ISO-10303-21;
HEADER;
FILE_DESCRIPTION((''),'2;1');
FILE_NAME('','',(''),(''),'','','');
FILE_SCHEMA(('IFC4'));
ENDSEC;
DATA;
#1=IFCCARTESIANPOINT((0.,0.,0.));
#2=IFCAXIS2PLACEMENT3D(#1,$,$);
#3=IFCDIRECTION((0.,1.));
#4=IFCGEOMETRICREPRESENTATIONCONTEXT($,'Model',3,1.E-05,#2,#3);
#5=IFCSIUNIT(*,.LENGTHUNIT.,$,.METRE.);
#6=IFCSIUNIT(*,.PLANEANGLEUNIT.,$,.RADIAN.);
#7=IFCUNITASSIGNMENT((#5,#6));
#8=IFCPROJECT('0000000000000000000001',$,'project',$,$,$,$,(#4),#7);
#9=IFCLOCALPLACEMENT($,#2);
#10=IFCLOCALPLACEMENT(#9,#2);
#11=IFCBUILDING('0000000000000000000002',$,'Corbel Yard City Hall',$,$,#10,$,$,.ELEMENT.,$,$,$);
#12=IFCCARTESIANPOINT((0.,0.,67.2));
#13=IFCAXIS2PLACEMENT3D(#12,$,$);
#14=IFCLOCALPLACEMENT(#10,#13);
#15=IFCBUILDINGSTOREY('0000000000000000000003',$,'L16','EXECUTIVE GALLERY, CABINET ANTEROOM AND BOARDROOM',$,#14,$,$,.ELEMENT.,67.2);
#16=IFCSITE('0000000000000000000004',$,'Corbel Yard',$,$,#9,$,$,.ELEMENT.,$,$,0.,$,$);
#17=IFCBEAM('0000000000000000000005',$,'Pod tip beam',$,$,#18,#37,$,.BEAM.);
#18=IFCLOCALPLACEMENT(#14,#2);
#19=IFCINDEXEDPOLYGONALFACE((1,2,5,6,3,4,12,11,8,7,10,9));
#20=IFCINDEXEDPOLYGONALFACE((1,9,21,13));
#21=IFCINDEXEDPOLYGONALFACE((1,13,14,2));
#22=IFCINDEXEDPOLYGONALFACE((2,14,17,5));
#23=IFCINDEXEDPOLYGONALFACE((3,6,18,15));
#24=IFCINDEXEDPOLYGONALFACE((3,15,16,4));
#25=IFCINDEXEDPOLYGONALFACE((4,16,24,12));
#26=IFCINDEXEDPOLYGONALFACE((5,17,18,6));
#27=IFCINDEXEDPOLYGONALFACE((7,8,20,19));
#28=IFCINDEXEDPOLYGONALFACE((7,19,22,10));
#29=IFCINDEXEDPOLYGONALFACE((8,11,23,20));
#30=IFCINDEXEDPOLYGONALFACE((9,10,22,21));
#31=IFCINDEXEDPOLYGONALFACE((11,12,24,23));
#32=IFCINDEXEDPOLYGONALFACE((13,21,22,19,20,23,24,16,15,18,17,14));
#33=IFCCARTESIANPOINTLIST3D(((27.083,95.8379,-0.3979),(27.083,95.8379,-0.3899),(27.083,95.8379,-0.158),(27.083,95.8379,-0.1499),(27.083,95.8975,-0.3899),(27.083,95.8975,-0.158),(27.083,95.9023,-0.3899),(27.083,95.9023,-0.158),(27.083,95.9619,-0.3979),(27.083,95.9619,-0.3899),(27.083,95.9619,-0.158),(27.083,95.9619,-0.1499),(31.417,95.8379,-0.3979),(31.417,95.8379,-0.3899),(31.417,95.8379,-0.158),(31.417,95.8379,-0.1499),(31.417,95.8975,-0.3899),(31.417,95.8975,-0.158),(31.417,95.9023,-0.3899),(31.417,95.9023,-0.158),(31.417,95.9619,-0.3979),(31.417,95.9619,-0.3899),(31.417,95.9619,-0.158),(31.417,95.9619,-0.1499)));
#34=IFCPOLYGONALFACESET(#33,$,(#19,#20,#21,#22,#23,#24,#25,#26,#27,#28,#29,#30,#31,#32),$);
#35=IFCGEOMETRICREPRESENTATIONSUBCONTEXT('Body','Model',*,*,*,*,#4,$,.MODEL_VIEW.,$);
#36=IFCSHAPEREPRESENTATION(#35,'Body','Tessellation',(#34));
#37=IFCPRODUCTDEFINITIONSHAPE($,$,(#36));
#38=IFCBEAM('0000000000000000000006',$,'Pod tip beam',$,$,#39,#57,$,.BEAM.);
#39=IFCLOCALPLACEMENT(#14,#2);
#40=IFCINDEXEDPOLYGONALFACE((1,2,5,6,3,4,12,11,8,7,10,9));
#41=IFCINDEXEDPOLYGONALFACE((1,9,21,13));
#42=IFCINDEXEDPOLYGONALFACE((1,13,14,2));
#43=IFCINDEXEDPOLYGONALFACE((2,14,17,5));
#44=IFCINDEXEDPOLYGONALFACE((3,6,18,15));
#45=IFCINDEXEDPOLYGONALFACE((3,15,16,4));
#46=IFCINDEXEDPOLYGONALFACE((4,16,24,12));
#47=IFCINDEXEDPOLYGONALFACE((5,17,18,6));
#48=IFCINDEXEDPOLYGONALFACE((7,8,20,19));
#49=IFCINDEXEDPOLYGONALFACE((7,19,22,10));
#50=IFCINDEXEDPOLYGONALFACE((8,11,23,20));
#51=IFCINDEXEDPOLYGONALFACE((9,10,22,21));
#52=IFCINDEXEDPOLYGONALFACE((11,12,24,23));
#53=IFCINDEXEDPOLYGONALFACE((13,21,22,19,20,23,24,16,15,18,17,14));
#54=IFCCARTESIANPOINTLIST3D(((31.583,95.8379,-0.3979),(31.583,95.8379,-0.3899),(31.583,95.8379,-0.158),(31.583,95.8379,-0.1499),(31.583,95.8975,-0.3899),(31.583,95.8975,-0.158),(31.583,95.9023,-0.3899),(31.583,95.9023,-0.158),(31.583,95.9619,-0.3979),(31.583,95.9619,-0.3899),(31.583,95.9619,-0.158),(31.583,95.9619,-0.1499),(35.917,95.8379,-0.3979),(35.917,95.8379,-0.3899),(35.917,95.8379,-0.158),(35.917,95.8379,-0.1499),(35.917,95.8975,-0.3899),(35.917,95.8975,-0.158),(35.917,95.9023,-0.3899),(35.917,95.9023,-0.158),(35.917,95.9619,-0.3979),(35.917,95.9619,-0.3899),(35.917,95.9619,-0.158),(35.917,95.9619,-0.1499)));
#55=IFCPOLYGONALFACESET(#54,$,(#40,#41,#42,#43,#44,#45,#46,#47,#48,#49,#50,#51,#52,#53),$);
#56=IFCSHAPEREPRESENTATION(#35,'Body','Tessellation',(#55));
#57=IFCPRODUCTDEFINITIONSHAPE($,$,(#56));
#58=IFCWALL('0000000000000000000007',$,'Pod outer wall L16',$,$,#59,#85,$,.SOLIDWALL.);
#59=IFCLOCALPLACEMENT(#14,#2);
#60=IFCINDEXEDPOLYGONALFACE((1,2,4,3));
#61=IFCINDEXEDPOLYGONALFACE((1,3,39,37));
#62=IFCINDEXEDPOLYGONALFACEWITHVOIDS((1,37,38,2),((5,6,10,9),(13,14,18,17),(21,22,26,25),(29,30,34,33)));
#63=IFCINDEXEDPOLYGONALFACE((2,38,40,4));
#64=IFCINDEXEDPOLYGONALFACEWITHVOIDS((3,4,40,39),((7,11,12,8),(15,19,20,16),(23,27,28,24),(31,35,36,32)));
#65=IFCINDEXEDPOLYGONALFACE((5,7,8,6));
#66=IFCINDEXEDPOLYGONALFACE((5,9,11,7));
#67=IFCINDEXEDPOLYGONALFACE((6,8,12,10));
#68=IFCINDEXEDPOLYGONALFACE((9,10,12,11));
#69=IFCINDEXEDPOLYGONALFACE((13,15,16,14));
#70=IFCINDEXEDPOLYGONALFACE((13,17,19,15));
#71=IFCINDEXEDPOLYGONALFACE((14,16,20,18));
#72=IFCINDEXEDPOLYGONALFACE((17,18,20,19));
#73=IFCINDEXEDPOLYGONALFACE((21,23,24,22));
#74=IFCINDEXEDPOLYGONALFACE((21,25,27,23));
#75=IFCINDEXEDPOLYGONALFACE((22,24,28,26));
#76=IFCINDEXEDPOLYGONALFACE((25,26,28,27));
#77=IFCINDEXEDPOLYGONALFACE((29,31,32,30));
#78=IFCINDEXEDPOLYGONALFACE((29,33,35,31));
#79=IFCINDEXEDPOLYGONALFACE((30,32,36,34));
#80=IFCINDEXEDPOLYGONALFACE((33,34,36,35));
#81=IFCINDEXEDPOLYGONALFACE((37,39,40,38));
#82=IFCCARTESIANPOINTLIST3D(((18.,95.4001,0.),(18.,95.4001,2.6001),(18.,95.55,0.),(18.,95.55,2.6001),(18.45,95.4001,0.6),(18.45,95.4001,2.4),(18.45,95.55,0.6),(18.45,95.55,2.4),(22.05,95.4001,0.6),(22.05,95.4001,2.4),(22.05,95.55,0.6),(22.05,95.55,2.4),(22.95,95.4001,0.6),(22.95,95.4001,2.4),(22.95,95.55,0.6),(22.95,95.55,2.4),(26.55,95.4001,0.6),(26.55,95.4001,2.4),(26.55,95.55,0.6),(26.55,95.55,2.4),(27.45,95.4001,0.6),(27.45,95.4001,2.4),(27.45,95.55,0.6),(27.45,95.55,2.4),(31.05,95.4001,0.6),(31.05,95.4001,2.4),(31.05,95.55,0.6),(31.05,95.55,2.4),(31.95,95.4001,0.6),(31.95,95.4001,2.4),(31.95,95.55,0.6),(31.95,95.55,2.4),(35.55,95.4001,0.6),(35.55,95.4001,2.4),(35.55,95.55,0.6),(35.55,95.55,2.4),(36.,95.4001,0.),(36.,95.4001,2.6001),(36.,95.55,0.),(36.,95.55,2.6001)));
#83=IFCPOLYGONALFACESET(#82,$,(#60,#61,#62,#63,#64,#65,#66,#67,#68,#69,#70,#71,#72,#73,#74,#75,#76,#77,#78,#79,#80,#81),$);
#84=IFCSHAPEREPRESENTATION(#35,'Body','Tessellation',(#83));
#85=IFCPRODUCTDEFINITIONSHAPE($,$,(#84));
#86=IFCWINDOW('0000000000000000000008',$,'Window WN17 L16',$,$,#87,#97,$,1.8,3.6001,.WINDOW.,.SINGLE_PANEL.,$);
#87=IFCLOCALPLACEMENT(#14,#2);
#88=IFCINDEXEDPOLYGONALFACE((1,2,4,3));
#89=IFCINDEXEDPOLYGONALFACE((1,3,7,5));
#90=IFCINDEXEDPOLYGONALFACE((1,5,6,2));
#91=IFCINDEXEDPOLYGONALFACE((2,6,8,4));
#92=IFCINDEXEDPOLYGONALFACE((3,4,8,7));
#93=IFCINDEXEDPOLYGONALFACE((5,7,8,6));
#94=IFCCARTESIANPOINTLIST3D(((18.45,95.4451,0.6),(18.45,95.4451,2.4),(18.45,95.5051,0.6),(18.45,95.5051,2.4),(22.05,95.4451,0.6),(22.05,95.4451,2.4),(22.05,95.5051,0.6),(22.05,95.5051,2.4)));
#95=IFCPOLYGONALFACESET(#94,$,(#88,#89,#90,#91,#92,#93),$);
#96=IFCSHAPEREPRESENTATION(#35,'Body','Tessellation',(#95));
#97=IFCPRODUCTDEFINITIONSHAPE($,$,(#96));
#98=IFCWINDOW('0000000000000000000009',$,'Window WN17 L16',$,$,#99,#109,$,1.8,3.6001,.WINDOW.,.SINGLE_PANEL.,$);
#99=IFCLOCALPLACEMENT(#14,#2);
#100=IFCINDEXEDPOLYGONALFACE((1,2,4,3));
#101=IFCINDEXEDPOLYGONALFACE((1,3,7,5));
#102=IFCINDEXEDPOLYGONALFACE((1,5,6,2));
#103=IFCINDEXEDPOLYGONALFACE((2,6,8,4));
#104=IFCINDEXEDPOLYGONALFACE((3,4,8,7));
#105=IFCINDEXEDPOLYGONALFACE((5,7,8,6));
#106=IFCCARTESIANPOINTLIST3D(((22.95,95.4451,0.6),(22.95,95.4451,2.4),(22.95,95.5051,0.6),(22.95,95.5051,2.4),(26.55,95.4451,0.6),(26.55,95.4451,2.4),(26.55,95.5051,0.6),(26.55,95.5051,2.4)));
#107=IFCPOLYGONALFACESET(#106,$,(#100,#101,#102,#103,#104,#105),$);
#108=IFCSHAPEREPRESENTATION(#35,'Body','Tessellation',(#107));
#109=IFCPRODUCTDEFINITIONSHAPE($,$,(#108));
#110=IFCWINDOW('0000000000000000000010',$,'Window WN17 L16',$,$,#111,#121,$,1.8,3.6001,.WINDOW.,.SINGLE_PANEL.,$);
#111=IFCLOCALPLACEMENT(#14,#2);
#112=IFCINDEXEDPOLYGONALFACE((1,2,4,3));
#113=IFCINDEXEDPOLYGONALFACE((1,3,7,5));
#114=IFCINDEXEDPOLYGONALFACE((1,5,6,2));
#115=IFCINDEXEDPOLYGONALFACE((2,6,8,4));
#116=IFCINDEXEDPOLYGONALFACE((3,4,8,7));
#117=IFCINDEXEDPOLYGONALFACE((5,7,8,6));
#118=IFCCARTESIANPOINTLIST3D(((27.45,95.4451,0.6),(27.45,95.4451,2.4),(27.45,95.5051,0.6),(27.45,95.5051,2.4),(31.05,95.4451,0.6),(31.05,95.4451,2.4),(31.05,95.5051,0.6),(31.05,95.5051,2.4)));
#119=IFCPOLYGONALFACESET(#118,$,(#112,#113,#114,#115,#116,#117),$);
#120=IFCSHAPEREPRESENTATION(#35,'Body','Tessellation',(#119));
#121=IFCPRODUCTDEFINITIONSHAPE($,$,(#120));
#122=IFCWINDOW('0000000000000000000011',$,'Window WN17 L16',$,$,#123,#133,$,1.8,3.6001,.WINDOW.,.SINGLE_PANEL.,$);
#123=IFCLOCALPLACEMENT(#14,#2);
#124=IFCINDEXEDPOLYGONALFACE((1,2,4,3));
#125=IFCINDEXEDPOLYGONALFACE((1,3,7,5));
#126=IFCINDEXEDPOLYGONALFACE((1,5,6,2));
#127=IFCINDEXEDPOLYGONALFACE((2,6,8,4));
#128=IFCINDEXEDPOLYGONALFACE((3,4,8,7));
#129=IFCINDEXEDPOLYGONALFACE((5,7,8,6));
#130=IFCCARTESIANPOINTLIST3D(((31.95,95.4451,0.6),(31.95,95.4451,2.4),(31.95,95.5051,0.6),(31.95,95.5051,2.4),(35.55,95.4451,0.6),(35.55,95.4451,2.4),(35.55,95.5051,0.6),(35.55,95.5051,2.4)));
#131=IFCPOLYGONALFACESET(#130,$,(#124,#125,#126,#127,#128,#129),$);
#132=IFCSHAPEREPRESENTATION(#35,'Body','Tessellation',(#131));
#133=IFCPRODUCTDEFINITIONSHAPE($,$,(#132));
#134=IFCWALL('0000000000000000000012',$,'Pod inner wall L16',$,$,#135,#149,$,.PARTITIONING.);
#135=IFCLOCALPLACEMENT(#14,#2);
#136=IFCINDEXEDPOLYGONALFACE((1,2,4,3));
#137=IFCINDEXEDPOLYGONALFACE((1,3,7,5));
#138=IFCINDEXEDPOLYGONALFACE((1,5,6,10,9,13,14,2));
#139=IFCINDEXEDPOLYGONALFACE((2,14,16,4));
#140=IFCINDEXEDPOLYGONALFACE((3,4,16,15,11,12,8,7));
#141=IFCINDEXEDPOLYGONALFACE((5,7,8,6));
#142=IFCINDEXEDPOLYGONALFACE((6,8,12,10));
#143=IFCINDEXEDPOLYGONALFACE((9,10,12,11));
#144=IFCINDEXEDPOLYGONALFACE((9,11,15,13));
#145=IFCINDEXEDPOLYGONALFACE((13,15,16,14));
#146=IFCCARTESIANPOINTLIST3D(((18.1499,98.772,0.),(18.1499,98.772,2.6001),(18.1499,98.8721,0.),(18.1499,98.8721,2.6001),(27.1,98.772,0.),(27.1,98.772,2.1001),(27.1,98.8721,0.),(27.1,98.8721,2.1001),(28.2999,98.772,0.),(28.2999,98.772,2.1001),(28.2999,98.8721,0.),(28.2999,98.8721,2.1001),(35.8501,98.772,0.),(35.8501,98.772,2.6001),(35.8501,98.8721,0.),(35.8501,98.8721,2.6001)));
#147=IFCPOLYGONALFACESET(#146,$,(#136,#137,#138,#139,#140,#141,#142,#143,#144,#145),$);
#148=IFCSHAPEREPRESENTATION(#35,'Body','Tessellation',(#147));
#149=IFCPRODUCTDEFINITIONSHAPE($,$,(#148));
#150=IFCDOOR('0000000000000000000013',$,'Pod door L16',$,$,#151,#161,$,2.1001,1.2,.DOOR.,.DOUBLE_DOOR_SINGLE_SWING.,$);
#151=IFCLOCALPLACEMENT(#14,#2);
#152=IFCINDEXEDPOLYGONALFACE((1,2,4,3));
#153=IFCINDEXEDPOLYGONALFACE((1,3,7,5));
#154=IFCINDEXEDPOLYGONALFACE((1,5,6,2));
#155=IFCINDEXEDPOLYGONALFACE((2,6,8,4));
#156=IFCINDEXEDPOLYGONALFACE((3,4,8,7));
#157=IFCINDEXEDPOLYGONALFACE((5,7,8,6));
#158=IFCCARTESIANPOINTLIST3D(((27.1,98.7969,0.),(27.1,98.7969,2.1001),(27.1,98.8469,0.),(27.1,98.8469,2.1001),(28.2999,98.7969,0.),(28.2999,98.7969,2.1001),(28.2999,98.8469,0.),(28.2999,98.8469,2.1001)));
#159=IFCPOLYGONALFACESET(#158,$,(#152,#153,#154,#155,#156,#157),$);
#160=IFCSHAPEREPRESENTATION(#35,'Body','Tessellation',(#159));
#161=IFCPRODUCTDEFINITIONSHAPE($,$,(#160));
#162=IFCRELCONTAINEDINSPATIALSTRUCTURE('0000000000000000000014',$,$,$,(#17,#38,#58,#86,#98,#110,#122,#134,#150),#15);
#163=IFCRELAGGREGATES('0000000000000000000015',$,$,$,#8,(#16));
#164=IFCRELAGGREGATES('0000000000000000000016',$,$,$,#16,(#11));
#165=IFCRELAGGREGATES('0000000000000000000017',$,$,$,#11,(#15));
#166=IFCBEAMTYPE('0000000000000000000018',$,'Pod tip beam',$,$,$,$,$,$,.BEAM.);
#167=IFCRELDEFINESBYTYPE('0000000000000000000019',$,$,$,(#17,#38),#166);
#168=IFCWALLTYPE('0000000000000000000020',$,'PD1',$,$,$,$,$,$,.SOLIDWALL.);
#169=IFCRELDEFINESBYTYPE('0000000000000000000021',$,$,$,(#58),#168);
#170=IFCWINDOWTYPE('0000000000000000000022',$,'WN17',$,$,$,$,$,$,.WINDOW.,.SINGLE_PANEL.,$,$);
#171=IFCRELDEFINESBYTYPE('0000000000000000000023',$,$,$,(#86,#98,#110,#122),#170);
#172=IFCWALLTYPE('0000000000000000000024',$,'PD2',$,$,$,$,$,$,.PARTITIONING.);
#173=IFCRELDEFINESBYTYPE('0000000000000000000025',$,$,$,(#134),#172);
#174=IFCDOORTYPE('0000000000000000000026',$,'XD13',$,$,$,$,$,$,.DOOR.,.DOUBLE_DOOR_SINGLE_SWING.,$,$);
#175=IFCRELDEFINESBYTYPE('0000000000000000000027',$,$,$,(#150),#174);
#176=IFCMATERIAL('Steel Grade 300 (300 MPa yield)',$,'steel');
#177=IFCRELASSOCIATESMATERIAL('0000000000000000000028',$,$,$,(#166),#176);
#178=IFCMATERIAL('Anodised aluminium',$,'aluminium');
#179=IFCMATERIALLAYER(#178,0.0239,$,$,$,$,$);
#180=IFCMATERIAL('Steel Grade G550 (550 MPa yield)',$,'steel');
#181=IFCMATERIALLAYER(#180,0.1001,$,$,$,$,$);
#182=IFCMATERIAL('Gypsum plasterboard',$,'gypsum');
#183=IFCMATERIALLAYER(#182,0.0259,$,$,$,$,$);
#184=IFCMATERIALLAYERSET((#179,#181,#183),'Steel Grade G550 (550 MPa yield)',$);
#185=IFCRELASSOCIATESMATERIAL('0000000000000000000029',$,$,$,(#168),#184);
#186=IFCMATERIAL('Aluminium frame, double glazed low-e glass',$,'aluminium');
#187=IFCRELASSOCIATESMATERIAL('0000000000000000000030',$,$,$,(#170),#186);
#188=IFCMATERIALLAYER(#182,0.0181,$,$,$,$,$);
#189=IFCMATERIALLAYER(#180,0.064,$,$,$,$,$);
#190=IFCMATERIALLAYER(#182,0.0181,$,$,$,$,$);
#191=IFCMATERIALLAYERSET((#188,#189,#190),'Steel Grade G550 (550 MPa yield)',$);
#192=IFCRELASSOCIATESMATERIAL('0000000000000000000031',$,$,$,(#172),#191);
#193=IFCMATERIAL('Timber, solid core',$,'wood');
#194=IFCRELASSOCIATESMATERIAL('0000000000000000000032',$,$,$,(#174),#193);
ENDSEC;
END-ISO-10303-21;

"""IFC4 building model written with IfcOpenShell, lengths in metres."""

from ifc_helpers import new_model, si_unit, direction, frame, frame_2d, origin, origin_2d, place, context, subcontext, project, spatial, rectangle, i_section, extrude, material, layer, layer_set, material_profile, profile_set, type_object, element, fill, save


model = new_model("IFC4")

# Units and contexts
model_context = context("Model", 3, precision=1e-05, world=origin(), true_north=direction((0.0, 1.0)))
body_context = subcontext(model_context, "Body", "Model", "MODEL_VIEW")
ifc_project = project(units=[si_unit("LENGTHUNIT", "METRE"), si_unit("PLANEANGLEUNIT", "RADIAN")], contexts=[model_context])

# Site, building, storey
site_placement = place(None, origin())
site = spatial("IfcSite", under=ifc_project, at=site_placement, Name="Corbel Yard", CompositionType="ELEMENT", RefElevation=0.0)
building_placement = place(site_placement, origin())
building = spatial("IfcBuilding", under=site, at=building_placement, Name="Corbel Yard City Hall", CompositionType="ELEMENT")
storey_placement = place(building_placement, frame((0.0, 0.0, 67.2)))
storey = spatial("IfcBuildingStorey", under=building, at=storey_placement, Name="L16", Description="EXECUTIVE GALLERY, CABINET ANTEROOM AND BOARDROOM", CompositionType="ELEMENT", Elevation=67.2)

# Shared definitions
ifc_material_1 = material(Name="Steel Grade 300 (300 MPa yield)", Category="steel")

# Beams
ifc_material_profile_1 = material_profile(ifc_material_1, i_section(OverallWidth=0.124, OverallDepth=0.248, WebThickness=0.0049, FlangeThickness=0.0081, at=origin_2d()), Name="250UB25.7")
ifc_profile_set_1 = profile_set([ifc_material_profile_1], Name="Steel Grade 300 (300 MPa yield)")
beam_type_1 = type_object("IfcBeamType", Name="Pod tip beam", PredefinedType="BEAM", material=ifc_profile_set_1)
for number, where, z_axis, x_axis, name in (
    (1, (27.083, 95.8999, -0.2739), (1.0, 0.0, 0.0), (0.0, 1.0, 0.0), "Pod tip beam"),
    (2, (31.583, 95.8999, -0.2739), (1.0, 0.0, 0.0), (0.0, 1.0, 0.0), "Pod tip beam"),
):
    element("IfcBeam", number, at=place(storey_placement, frame(where, z_axis=z_axis, x_axis=x_axis)), inside=storey, type_object=beam_type_1, Name=name, PredefinedType="BEAM", context=body_context, shape_type="SweptSolid", body=[
        extrude(i_section(OverallWidth=0.124, OverallDepth=0.248, WebThickness=0.0049, FlangeThickness=0.0081, at=origin_2d()), origin(), (0.0, 0.0, 1.0), 4.334),
    ])

# Wall, openings, windows
ifc_material_2 = material(Name="Anodised aluminium", Category="aluminium")
ifc_layer_1 = layer(ifc_material_2, 0.0239)
ifc_material_3 = material(Name="Steel Grade G550 (550 MPa yield)", Category="steel")
ifc_layer_2 = layer(ifc_material_3, 0.1001)
ifc_material_4 = material(Name="Gypsum plasterboard", Category="gypsum")
ifc_layer_3 = layer(ifc_material_4, 0.0259)
ifc_layer_set_1 = layer_set([ifc_layer_1, ifc_layer_2, ifc_layer_3], Name="Steel Grade G550 (550 MPa yield)")
wall_type_1 = type_object("IfcWallType", Name="PD1", PredefinedType="SOLIDWALL", material=ifc_layer_set_1)
wall_1_placement = place(storey_placement, frame((18.0, 95.4751, 0.0), z_axis=(0.0, 0.0, 1.0), x_axis=(1.0, 0.0, 0.0)))
wall_1 = element("IfcWall", 3, at=wall_1_placement, inside=storey, type_object=wall_type_1, Name="Pod outer wall L16", PredefinedType="SOLIDWALL", context=body_context, shape_type="SweptSolid", body=[
    extrude(rectangle(XDim=18.0, YDim=0.1499, at=frame_2d((9.0, 0.0))), origin(), (0.0, 0.0, 1.0), 2.6001),
])
opening_1_placement = place(wall_1_placement, frame((0.45, 0.0, 0.6001)))
opening_1 = element("IfcOpeningElement", 4, at=opening_1_placement, cuts=wall_1, PredefinedType="OPENING", context=body_context, shape_type="SweptSolid", body=[
    extrude(rectangle(XDim=3.6001, YDim=1.8, at=frame_2d((1.8, 0.8999))), frame((0.0, 0.085, 0.0), z_axis=(0.0, -1.0, 0.0), x_axis=(1.0, 0.0, 0.0)), (0.0, 0.0, 1.0), 0.1699),
])
opening_2_placement = place(wall_1_placement, frame((4.95, 0.0, 0.6001)))
opening_2 = element("IfcOpeningElement", 5, at=opening_2_placement, cuts=wall_1, PredefinedType="OPENING", context=body_context, shape_type="SweptSolid", body=[
    extrude(rectangle(XDim=3.6001, YDim=1.8, at=frame_2d((1.8, 0.8999))), frame((0.0, 0.085, 0.0), z_axis=(0.0, -1.0, 0.0), x_axis=(1.0, 0.0, 0.0)), (0.0, 0.0, 1.0), 0.1699),
])
opening_3_placement = place(wall_1_placement, frame((9.45, 0.0, 0.6001)))
opening_3 = element("IfcOpeningElement", 6, at=opening_3_placement, cuts=wall_1, PredefinedType="OPENING", context=body_context, shape_type="SweptSolid", body=[
    extrude(rectangle(XDim=3.6001, YDim=1.8, at=frame_2d((1.8, 0.8999))), frame((0.0, 0.085, 0.0), z_axis=(0.0, -1.0, 0.0), x_axis=(1.0, 0.0, 0.0)), (0.0, 0.0, 1.0), 0.1699),
])
opening_4_placement = place(wall_1_placement, frame((13.95, 0.0, 0.6001)))
opening_4 = element("IfcOpeningElement", 7, at=opening_4_placement, cuts=wall_1, PredefinedType="OPENING", context=body_context, shape_type="SweptSolid", body=[
    extrude(rectangle(XDim=3.6001, YDim=1.8, at=frame_2d((1.8, 0.8999))), frame((0.0, 0.085, 0.0), z_axis=(0.0, -1.0, 0.0), x_axis=(1.0, 0.0, 0.0)), (0.0, 0.0, 1.0), 0.1699),
])
ifc_material_5 = material(Name="Aluminium frame, double glazed low-e glass", Category="aluminium")
window_type_1 = type_object("IfcWindowType", Name="WN17", PartitioningType="SINGLE_PANEL", PredefinedType="WINDOW", material=ifc_material_5)
window_1_placement = place(opening_1_placement, origin())
window_1 = element("IfcWindow", 8, at=window_1_placement, inside=storey, type_object=window_type_1, Name="Window WN17 L16", OverallHeight=1.8, OverallWidth=3.6001, PartitioningType="SINGLE_PANEL", PredefinedType="WINDOW", context=body_context, shape_type="SweptSolid", body=[
    extrude(rectangle(XDim=3.6001, YDim=1.8, at=frame_2d((1.8, 0.8999))), frame((0.0, 0.03, 0.0), z_axis=(0.0, -1.0, 0.0), x_axis=(1.0, 0.0, 0.0)), (0.0, 0.0, 1.0), 0.0601),
])
fill(opening_1, window_1)
window_2_placement = place(opening_2_placement, origin())
window_2 = element("IfcWindow", 9, at=window_2_placement, inside=storey, type_object=window_type_1, Name="Window WN17 L16", OverallHeight=1.8, OverallWidth=3.6001, PartitioningType="SINGLE_PANEL", PredefinedType="WINDOW", context=body_context, shape_type="SweptSolid", body=[
    extrude(rectangle(XDim=3.6001, YDim=1.8, at=frame_2d((1.8, 0.8999))), frame((0.0, 0.03, 0.0), z_axis=(0.0, -1.0, 0.0), x_axis=(1.0, 0.0, 0.0)), (0.0, 0.0, 1.0), 0.0601),
])
fill(opening_2, window_2)
window_3_placement = place(opening_3_placement, origin())
window_3 = element("IfcWindow", 10, at=window_3_placement, inside=storey, type_object=window_type_1, Name="Window WN17 L16", OverallHeight=1.8, OverallWidth=3.6001, PartitioningType="SINGLE_PANEL", PredefinedType="WINDOW", context=body_context, shape_type="SweptSolid", body=[
    extrude(rectangle(XDim=3.6001, YDim=1.8, at=frame_2d((1.8, 0.8999))), frame((0.0, 0.03, 0.0), z_axis=(0.0, -1.0, 0.0), x_axis=(1.0, 0.0, 0.0)), (0.0, 0.0, 1.0), 0.0601),
])
fill(opening_3, window_3)
window_4_placement = place(opening_4_placement, origin())
window_4 = element("IfcWindow", 11, at=window_4_placement, inside=storey, type_object=window_type_1, Name="Window WN17 L16", OverallHeight=1.8, OverallWidth=3.6001, PartitioningType="SINGLE_PANEL", PredefinedType="WINDOW", context=body_context, shape_type="SweptSolid", body=[
    extrude(rectangle(XDim=3.6001, YDim=1.8, at=frame_2d((1.8, 0.8999))), frame((0.0, 0.03, 0.0), z_axis=(0.0, -1.0, 0.0), x_axis=(1.0, 0.0, 0.0)), (0.0, 0.0, 1.0), 0.0601),
])
fill(opening_4, window_4)

# Wall, opening, door
ifc_layer_4 = layer(ifc_material_4, 0.0181)
ifc_layer_5 = layer(ifc_material_3, 0.064)
ifc_layer_6 = layer(ifc_material_4, 0.0181)
ifc_layer_set_2 = layer_set([ifc_layer_4, ifc_layer_5, ifc_layer_6], Name="Steel Grade G550 (550 MPa yield)")
wall_type_2 = type_object("IfcWallType", Name="PD2", PredefinedType="PARTITIONING", material=ifc_layer_set_2)
wall_2_placement = place(storey_placement, frame((18.1499, 98.822, 0.0), z_axis=(0.0, 0.0, 1.0), x_axis=(1.0, 0.0, 0.0)))
wall_2 = element("IfcWall", 12, at=wall_2_placement, inside=storey, type_object=wall_type_2, Name="Pod inner wall L16", PredefinedType="PARTITIONING", context=body_context, shape_type="SweptSolid", body=[
    extrude(rectangle(XDim=17.7002, YDim=0.1001, at=frame_2d((8.8501, 0.0))), origin(), (0.0, 0.0, 1.0), 2.6001),
])
opening_5_placement = place(wall_2_placement, frame((8.95, 0.0, 0.0)))
opening_5 = element("IfcOpeningElement", 13, at=opening_5_placement, cuts=wall_2, PredefinedType="OPENING", context=body_context, shape_type="SweptSolid", body=[
    extrude(rectangle(XDim=1.2, YDim=2.1001, at=frame_2d((0.6001, 1.05))), frame((0.0, 0.0601, 0.0), z_axis=(0.0, -1.0, 0.0), x_axis=(1.0, 0.0, 0.0)), (0.0, 0.0, 1.0), 0.1201),
])
ifc_material_6 = material(Name="Timber, solid core", Category="wood")
door_type_1 = type_object("IfcDoorType", Name="XD13", OperationType="DOUBLE_DOOR_SINGLE_SWING", PredefinedType="DOOR", material=ifc_material_6)
door_1_placement = place(opening_5_placement, origin())
door_1 = element("IfcDoor", 14, at=door_1_placement, inside=storey, type_object=door_type_1, Name="Pod door L16", OperationType="DOUBLE_DOOR_SINGLE_SWING", OverallHeight=2.1001, OverallWidth=1.2, PredefinedType="DOOR", context=body_context, shape_type="SweptSolid", body=[
    extrude(rectangle(XDim=1.2, YDim=2.1001, at=frame_2d((0.6001, 1.05))), frame((0.0, 0.0249, 0.0), z_axis=(0.0, -1.0, 0.0), x_axis=(1.0, 0.0, 0.0)), (0.0, 0.0, 1.0), 0.05),
])
fill(opening_5, door_1)

save(model, "model.ifc")
